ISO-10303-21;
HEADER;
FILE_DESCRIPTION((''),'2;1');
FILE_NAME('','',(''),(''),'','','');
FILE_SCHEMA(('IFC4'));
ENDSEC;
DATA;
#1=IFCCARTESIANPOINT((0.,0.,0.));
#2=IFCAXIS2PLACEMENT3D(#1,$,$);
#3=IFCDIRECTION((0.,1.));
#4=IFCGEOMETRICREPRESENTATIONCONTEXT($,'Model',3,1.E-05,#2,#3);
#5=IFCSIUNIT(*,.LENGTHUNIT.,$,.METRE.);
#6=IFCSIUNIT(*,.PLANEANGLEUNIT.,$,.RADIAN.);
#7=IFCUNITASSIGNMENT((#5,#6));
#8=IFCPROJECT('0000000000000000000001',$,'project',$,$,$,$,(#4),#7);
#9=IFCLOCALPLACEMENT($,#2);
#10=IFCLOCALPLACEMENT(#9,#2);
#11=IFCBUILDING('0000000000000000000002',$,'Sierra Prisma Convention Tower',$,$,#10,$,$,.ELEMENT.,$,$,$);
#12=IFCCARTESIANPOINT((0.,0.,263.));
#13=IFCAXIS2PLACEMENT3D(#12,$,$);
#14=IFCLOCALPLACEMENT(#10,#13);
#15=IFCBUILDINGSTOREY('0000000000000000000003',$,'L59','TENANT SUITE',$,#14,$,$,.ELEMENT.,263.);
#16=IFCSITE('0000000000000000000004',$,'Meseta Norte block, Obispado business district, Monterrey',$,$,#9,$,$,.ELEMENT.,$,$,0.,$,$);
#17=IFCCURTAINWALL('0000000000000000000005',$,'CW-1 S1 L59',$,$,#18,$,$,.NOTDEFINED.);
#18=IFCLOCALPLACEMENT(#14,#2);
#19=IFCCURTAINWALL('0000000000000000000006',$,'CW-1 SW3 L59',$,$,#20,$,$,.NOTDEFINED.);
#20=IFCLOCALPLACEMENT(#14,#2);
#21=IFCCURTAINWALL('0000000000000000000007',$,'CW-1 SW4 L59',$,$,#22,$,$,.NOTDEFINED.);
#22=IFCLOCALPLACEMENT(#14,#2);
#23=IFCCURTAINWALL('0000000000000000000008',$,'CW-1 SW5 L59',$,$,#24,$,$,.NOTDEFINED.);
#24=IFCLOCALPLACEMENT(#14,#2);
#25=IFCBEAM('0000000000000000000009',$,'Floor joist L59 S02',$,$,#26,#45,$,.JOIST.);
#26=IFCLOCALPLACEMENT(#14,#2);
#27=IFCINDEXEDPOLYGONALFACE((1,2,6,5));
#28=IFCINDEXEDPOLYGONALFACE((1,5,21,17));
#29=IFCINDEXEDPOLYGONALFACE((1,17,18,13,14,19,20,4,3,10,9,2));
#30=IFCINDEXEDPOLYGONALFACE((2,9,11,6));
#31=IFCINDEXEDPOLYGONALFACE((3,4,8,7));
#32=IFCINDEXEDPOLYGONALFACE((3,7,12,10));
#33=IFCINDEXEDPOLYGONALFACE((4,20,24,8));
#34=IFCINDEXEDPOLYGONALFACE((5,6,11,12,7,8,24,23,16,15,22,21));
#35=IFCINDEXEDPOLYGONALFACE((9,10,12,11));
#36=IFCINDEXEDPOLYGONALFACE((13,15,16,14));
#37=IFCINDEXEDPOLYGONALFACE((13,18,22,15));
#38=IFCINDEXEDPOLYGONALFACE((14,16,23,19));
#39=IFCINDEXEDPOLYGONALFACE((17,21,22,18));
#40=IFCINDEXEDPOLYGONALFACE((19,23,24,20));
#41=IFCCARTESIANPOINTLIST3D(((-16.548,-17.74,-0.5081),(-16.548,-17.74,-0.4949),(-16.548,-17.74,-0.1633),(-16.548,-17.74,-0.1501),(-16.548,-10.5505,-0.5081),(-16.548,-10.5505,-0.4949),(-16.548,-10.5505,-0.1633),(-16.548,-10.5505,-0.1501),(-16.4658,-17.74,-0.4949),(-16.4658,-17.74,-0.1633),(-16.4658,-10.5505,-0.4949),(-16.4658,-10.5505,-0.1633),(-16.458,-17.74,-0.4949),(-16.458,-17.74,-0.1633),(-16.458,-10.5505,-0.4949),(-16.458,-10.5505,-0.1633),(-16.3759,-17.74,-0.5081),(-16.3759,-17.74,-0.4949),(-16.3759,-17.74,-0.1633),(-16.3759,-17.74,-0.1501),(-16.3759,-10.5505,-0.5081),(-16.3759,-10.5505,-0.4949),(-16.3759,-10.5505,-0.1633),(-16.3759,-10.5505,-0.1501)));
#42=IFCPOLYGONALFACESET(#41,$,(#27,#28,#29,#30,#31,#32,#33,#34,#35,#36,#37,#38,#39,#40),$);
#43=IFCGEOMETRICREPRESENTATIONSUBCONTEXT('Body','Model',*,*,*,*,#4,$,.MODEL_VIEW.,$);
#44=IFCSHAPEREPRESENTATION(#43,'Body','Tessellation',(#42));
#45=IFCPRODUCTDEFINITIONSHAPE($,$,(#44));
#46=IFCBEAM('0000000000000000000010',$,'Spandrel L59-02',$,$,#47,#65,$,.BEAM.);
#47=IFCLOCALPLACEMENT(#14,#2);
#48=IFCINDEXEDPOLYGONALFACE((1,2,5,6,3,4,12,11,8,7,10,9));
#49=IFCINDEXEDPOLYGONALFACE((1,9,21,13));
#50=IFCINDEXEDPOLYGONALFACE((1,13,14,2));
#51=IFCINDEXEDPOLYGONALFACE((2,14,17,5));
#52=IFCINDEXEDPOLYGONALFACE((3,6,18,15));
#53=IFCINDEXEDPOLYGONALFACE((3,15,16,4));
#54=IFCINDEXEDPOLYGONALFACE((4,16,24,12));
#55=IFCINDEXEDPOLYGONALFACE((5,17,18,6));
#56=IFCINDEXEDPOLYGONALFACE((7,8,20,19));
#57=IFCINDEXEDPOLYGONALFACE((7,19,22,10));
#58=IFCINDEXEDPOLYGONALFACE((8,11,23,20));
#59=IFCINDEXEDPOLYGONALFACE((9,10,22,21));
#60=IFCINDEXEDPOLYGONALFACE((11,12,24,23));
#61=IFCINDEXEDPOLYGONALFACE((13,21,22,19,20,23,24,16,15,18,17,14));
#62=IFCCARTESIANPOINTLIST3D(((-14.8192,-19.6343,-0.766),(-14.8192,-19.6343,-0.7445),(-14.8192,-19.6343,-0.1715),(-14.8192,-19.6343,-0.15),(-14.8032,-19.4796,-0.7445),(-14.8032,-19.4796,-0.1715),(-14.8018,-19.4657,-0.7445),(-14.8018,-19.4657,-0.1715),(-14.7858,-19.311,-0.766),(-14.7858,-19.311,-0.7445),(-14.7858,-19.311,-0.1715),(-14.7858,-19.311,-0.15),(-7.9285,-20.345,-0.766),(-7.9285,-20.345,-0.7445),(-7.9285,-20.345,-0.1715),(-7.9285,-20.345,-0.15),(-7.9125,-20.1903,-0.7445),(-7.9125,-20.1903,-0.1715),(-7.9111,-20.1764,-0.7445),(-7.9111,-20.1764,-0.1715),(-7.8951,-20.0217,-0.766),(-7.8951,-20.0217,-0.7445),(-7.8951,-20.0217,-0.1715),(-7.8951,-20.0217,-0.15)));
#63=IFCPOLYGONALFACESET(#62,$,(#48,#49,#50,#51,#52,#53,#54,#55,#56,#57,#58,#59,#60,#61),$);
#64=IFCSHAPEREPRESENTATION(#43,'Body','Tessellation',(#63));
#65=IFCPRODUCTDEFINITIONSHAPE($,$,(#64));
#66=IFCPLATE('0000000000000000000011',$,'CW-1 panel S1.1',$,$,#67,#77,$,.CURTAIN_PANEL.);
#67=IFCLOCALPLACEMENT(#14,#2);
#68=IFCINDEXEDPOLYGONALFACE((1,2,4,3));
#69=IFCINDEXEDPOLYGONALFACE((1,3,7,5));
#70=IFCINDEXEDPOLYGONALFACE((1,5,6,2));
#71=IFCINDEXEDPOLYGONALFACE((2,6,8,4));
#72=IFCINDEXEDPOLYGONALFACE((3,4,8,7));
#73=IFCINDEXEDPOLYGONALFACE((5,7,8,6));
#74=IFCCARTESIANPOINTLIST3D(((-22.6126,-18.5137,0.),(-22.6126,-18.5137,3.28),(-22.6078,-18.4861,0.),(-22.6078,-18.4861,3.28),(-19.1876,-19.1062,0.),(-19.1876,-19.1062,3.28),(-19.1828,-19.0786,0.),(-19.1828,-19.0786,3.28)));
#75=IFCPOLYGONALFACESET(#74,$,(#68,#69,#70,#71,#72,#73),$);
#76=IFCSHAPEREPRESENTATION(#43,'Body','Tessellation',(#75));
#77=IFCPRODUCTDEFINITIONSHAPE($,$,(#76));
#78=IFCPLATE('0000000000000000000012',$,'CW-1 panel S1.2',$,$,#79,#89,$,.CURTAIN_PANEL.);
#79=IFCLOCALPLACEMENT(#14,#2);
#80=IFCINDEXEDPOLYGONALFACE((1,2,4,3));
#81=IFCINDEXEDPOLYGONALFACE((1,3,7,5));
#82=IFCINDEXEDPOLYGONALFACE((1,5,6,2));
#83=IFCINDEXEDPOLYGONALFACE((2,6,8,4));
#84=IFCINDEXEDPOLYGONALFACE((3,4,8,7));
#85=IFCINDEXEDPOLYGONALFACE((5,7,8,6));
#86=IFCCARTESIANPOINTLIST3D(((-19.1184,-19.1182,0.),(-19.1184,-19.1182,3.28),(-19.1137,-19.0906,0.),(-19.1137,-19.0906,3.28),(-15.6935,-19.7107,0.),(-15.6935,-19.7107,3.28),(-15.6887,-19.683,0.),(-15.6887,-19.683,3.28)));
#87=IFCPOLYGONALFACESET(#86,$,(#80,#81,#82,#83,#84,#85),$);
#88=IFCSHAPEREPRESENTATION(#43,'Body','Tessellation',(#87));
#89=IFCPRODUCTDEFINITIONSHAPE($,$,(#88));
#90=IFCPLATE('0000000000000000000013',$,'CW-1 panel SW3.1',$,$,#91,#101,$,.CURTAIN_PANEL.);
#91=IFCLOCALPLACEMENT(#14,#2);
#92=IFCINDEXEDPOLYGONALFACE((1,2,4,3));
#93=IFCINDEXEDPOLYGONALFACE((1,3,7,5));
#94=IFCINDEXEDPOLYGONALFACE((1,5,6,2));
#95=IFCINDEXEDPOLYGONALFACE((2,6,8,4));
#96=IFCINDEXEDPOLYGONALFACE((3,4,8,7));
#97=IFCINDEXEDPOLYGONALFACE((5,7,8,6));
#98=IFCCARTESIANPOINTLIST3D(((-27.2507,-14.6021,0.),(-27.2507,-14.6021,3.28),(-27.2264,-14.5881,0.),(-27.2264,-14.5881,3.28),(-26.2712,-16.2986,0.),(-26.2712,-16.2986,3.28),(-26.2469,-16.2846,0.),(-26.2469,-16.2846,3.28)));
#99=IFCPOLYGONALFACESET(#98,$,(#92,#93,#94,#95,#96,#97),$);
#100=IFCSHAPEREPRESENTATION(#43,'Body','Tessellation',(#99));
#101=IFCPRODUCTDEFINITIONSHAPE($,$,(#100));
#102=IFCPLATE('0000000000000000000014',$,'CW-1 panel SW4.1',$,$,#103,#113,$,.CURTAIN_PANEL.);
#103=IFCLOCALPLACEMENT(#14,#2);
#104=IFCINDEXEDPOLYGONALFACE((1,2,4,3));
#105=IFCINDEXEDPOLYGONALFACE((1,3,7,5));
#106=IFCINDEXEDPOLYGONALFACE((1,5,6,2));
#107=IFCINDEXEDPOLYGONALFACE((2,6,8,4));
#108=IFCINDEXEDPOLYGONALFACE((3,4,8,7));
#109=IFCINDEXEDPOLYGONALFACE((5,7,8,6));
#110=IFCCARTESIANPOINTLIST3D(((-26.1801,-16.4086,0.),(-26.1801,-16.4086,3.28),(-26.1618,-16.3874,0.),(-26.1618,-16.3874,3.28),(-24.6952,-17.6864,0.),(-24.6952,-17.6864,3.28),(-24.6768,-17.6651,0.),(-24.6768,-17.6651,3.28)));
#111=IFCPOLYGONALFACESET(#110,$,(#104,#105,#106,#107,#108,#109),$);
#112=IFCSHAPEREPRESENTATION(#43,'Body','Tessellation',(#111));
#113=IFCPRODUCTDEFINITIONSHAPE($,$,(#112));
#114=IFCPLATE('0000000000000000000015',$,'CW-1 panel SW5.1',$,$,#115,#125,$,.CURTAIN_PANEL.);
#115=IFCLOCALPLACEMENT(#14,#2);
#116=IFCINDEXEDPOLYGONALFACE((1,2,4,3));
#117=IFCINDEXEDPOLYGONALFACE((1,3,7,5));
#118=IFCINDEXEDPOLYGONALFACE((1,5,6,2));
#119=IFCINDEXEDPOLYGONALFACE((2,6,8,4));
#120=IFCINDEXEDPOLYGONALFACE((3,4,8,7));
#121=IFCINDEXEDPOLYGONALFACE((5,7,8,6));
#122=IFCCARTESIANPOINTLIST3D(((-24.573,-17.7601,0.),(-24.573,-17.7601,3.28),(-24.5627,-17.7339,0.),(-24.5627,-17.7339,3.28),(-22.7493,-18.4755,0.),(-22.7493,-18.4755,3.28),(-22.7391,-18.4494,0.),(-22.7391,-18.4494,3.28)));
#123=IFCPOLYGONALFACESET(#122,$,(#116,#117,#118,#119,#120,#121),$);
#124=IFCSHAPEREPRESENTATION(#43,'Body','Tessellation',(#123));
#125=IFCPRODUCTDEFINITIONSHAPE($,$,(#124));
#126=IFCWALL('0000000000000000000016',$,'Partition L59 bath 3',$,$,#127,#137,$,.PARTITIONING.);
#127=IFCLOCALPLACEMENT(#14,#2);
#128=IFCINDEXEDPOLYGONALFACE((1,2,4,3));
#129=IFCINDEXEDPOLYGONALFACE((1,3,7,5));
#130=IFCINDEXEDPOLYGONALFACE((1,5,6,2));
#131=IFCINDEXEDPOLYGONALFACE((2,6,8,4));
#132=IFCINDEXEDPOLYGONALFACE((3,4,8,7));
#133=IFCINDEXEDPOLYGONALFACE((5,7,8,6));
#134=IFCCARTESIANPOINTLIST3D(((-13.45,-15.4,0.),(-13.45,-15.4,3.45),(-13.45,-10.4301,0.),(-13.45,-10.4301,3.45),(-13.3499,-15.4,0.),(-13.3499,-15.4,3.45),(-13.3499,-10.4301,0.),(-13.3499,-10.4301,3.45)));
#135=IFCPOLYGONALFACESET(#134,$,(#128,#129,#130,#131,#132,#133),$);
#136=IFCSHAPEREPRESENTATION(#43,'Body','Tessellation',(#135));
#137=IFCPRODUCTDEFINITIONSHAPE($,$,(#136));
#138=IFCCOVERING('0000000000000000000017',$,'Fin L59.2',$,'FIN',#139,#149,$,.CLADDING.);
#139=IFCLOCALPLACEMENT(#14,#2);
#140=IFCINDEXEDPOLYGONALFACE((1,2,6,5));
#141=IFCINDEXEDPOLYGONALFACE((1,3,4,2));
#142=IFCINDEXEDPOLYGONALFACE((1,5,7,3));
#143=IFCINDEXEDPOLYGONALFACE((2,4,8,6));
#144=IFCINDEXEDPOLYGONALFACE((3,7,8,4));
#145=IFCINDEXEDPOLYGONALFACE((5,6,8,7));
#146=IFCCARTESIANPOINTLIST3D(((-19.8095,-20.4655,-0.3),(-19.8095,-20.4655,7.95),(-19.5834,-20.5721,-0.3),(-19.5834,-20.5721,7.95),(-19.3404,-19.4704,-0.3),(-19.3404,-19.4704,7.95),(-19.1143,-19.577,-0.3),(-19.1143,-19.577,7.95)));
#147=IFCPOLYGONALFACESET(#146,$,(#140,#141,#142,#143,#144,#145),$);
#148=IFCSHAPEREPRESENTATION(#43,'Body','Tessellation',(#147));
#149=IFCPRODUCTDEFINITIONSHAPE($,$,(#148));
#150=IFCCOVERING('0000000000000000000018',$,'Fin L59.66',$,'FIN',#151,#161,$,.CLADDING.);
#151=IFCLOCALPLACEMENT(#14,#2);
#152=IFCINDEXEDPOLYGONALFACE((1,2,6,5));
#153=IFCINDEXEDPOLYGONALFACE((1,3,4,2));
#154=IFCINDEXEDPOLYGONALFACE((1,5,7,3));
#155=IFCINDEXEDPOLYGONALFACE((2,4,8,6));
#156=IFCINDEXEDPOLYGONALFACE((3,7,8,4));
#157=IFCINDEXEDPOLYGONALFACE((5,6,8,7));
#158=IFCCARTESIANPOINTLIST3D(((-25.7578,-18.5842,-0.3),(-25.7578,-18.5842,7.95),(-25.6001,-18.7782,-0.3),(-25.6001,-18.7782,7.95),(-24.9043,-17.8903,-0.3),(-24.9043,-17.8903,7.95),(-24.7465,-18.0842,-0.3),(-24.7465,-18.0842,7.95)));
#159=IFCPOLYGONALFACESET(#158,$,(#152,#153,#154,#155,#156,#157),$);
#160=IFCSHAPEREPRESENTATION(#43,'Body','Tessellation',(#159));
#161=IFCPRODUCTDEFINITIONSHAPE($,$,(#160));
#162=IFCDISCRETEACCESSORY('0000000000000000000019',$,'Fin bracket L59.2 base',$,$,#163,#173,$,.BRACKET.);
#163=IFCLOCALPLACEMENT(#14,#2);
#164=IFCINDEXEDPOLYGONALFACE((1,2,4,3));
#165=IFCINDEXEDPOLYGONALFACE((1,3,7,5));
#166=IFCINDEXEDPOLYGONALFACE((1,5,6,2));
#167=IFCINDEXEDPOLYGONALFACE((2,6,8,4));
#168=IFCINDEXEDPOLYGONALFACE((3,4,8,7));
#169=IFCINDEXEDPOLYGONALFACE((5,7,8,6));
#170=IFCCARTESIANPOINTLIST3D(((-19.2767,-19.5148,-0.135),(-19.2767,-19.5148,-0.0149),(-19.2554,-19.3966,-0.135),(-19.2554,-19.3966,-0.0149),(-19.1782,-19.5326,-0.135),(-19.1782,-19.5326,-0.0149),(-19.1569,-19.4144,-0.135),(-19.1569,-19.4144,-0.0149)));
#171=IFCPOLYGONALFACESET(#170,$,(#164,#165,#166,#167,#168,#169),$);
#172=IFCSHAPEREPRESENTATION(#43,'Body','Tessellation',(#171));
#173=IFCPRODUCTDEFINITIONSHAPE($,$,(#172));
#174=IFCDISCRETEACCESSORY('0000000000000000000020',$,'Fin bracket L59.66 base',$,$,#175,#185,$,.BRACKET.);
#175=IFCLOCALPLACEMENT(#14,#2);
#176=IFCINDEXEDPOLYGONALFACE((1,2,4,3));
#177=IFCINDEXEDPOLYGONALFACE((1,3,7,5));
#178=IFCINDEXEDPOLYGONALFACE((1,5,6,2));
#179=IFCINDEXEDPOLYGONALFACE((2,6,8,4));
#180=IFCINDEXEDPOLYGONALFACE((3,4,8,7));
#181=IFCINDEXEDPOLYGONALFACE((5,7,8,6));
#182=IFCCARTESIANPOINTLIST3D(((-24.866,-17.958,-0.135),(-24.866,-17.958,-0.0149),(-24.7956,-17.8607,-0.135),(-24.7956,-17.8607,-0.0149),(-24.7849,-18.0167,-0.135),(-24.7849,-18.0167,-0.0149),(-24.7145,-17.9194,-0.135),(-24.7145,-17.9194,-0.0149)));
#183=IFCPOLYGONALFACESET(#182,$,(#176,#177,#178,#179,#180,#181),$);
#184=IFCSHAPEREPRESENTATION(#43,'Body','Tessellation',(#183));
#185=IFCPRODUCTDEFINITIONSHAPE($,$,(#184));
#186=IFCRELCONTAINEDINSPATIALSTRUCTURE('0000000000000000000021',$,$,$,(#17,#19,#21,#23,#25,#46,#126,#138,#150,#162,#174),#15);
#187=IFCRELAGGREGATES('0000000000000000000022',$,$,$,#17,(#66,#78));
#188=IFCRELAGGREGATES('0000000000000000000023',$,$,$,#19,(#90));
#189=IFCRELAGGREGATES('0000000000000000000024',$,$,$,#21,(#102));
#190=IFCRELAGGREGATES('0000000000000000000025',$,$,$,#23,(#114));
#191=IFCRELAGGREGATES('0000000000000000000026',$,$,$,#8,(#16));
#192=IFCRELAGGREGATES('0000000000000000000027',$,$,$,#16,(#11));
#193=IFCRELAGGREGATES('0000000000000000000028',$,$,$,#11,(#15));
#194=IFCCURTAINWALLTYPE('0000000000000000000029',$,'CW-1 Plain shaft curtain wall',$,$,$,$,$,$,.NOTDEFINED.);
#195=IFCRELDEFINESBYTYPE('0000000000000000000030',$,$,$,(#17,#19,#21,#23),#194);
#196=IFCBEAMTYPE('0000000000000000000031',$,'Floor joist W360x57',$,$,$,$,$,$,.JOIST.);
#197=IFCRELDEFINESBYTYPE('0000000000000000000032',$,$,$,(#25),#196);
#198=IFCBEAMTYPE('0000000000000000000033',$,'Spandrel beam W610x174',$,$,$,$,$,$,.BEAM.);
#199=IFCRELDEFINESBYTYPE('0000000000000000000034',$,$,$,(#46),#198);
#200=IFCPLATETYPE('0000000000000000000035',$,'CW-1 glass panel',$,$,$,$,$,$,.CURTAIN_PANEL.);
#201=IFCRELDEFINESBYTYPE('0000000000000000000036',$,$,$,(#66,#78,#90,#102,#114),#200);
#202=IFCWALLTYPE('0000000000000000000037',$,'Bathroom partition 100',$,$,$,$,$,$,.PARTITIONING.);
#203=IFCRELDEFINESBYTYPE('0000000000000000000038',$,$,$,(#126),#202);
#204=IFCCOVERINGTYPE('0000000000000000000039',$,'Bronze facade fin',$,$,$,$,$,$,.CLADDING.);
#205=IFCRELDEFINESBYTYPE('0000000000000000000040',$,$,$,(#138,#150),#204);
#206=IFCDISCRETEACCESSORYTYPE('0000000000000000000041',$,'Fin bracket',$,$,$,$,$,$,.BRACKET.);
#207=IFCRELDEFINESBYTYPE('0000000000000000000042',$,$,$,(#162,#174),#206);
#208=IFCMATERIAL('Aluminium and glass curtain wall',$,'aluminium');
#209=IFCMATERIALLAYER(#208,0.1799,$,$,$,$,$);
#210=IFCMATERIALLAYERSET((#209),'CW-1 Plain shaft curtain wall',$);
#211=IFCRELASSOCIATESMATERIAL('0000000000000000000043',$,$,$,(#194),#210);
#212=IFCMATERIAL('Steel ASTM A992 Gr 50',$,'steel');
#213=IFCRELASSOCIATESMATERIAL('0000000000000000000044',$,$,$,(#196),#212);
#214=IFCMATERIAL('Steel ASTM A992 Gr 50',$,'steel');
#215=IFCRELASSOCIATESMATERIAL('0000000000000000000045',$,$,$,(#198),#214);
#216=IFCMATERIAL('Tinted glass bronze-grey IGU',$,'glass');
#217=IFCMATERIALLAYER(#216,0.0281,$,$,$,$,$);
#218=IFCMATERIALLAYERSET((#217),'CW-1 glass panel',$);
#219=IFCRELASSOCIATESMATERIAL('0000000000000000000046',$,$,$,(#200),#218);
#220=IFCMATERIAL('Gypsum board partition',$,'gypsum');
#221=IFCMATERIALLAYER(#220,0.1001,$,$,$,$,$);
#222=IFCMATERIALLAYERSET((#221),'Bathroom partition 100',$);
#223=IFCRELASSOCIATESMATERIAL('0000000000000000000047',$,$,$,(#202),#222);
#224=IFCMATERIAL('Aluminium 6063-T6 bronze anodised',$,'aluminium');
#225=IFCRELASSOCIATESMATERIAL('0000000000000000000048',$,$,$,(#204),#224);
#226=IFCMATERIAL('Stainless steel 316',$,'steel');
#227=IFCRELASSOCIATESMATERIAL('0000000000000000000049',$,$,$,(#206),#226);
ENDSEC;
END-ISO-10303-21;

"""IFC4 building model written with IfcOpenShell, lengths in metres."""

from ifc_helpers import new_model, si_unit, direction, frame, frame_2d, origin, origin_2d, place, context, subcontext, project, spatial, rectangle, i_section, extrude, material, layer, layer_set, material_profile, profile_set, type_object, element, aggregate, save


model = new_model("IFC4")

# Units and contexts
model_context = context("Model", 3, precision=1e-05, world=origin(), true_north=direction((0.0, 1.0)))
body_context = subcontext(model_context, "Body", "Model", "MODEL_VIEW")
ifc_project = project(units=[si_unit("LENGTHUNIT", "METRE"), si_unit("PLANEANGLEUNIT", "RADIAN")], contexts=[model_context])

# Site, building, storey
site_placement = place(None, origin())
site = spatial("IfcSite", under=ifc_project, at=site_placement, Name="Meseta Norte block, Obispado business district, Monterrey", CompositionType="ELEMENT", RefElevation=0.0)
building_placement = place(site_placement, origin())
building = spatial("IfcBuilding", under=site, at=building_placement, Name="Sierra Prisma Convention Tower", CompositionType="ELEMENT")
storey_placement = place(building_placement, frame((0.0, 0.0, 263.0)))
storey = spatial("IfcBuildingStorey", under=building, at=storey_placement, Name="L59", Description="TENANT SUITE", CompositionType="ELEMENT", Elevation=263.0)

# Curtain wall
ifc_material_1 = material(Name="Aluminium and glass curtain wall", Category="aluminium")
ifc_layer_1 = layer(ifc_material_1, 0.1799)
ifc_layer_set_1 = layer_set([ifc_layer_1], Name="CW-1 Plain shaft curtain wall")
curtain_wall_type = type_object("IfcCurtainWallType", Name="CW-1 Plain shaft curtain wall", PredefinedType="NOTDEFINED", material=ifc_layer_set_1)
curtain_wall_1_placement = place(storey_placement, origin())
curtain_wall_1 = element("IfcCurtainWall", 1, at=curtain_wall_1_placement, inside=storey, type_object=curtain_wall_type, Name="CW-1 S1 L59", PredefinedType="NOTDEFINED")

# Curtain walls
curtain_wall_2_placement = place(storey_placement, origin())
curtain_wall_2 = element("IfcCurtainWall", 2, at=curtain_wall_2_placement, inside=storey, type_object=curtain_wall_type, Name="CW-1 SW3 L59", PredefinedType="NOTDEFINED")
curtain_wall_3_placement = place(storey_placement, origin())
curtain_wall_3 = element("IfcCurtainWall", 3, at=curtain_wall_3_placement, inside=storey, type_object=curtain_wall_type, Name="CW-1 SW4 L59", PredefinedType="NOTDEFINED")
curtain_wall_4_placement = place(storey_placement, origin())
curtain_wall_4 = element("IfcCurtainWall", 4, at=curtain_wall_4_placement, inside=storey, type_object=curtain_wall_type, Name="CW-1 SW5 L59", PredefinedType="NOTDEFINED")

# Beams
ifc_material_2 = material(Name="Steel ASTM A992 Gr 50", Category="steel")
ifc_material_profile_1 = material_profile(ifc_material_2, i_section(OverallWidth=0.1721, OverallDepth=0.3579, WebThickness=0.0078, FlangeThickness=0.0132, at=origin_2d()), Name="W360x57")
ifc_profile_set_1 = profile_set([ifc_material_profile_1], Name="Steel ASTM A992 Gr 50")
beam_type_1 = type_object("IfcBeamType", Name="Floor joist W360x57", PredefinedType="JOIST", material=ifc_profile_set_1)
beam_1_placement = place(storey_placement, frame((-16.4619, -17.74, -0.3291), z_axis=(0.0, 1.0, 0.0), x_axis=(-1.0, 0.0, 0.0)))
element("IfcBeam", 5, at=beam_1_placement, inside=storey, type_object=beam_type_1, Name="Floor joist L59 S02", PredefinedType="JOIST", context=body_context, shape_type="SweptSolid", body=[
    extrude(i_section(OverallWidth=0.1721, OverallDepth=0.3579, WebThickness=0.0078, FlangeThickness=0.0132, at=origin_2d()), origin(), (0.0, 0.0, 1.0), 7.1895),
])
ifc_material_3 = material(Name="Steel ASTM A992 Gr 50", Category="steel")
ifc_material_profile_2 = material_profile(ifc_material_3, i_section(OverallWidth=0.325, OverallDepth=0.616, WebThickness=0.0139, FlangeThickness=0.0215, at=origin_2d()), Name="W610x174")
ifc_profile_set_2 = profile_set([ifc_material_profile_2], Name="Steel ASTM A992 Gr 50")
beam_type_2 = type_object("IfcBeamType", Name="Spandrel beam W610x174", PredefinedType="BEAM", material=ifc_profile_set_2)
beam_2_placement = place(storey_placement, frame((-14.8025, -19.4727, -0.458), z_axis=(0.994723, -0.102595, 0.0), x_axis=(0.102595, 0.994723, 0.0)))
element("IfcBeam", 6, at=beam_2_placement, inside=storey, type_object=beam_type_2, Name="Spandrel L59-02", PredefinedType="BEAM", context=body_context, shape_type="SweptSolid", body=[
    extrude(i_section(OverallWidth=0.325, OverallDepth=0.616, WebThickness=0.0139, FlangeThickness=0.0215, at=origin_2d()), origin(), (0.0, 0.0, 1.0), 6.9272),
])

# Plates
ifc_material_4 = material(Name="Tinted glass bronze-grey IGU", Category="glass")
ifc_layer_2 = layer(ifc_material_4, 0.0281)
ifc_layer_set_2 = layer_set([ifc_layer_2], Name="CW-1 glass panel")
plate_type = type_object("IfcPlateType", Name="CW-1 glass panel", PredefinedType="CURTAIN_PANEL", material=ifc_layer_set_2)
plate_1_placement = place(storey_placement, frame((-20.8977, -18.7961, 0.0), z_axis=(0.0, 0.0, 1.0), x_axis=(0.985364, -0.170461, 0.0)))
plate_1 = element("IfcPlate", 7, at=plate_1_placement, type_object=plate_type, Name="CW-1 panel S1.1", PredefinedType="CURTAIN_PANEL", context=body_context, shape_type="SweptSolid", body=[
    extrude(rectangle(XDim=3.4758, YDim=0.0281, at=origin_2d()), origin(), (0.0, 0.0, 1.0), 3.28),
])
plate_2_placement = place(storey_placement, frame((-17.4036, -19.4006, 0.0), z_axis=(0.0, 0.0, 1.0), x_axis=(0.985364, -0.170461, 0.0)))
plate_2 = element("IfcPlate", 8, at=plate_2_placement, type_object=plate_type, Name="CW-1 panel S1.2", PredefinedType="CURTAIN_PANEL", context=body_context, shape_type="SweptSolid", body=[
    extrude(rectangle(XDim=3.4758, YDim=0.0281, at=origin_2d()), origin(), (0.0, 0.0, 1.0), 3.28),
])
aggregate(curtain_wall_1, [plate_1, plate_2])
plate_3_placement = place(storey_placement, frame((-26.7488, -15.4434, 0.0), z_axis=(0.0, 0.0, 1.0), x_axis=(0.5, -0.866025, 0.0)))
plate_3 = element("IfcPlate", 9, at=plate_3_placement, type_object=plate_type, Name="CW-1 panel SW3.1", PredefinedType="CURTAIN_PANEL", context=body_context, shape_type="SweptSolid", body=[
    extrude(rectangle(XDim=1.959, YDim=0.0281, at=origin_2d()), origin(), (0.0, 0.0, 1.0), 3.28),
])
aggregate(curtain_wall_2, [plate_3])
plate_4_placement = place(storey_placement, frame((-25.4285, -17.0369, 0.0), z_axis=(0.0, 0.0, 1.0), x_axis=(0.758009, -0.652244, 0.0)))
plate_4 = element("IfcPlate", 10, at=plate_4_placement, type_object=plate_type, Name="CW-1 panel SW4.1", PredefinedType="CURTAIN_PANEL", context=body_context, shape_type="SweptSolid", body=[
    extrude(rectangle(XDim=1.959, YDim=0.0281, at=origin_2d()), origin(), (0.0, 0.0, 1.0), 3.28),
])
aggregate(curtain_wall_3, [plate_4])
plate_5_placement = place(storey_placement, frame((-23.656, -18.1047, 0.0), z_axis=(0.0, 0.0, 1.0), x_axis=(0.930915, -0.365235, 0.0)))
plate_5 = element("IfcPlate", 11, at=plate_5_placement, type_object=plate_type, Name="CW-1 panel SW5.1", PredefinedType="CURTAIN_PANEL", context=body_context, shape_type="SweptSolid", body=[
    extrude(rectangle(XDim=1.959, YDim=0.0281, at=origin_2d()), origin(), (0.0, 0.0, 1.0), 3.28),
])
aggregate(curtain_wall_4, [plate_5])

# Wall
ifc_material_5 = material(Name="Gypsum board partition", Category="gypsum")
ifc_layer_3 = layer(ifc_material_5, 0.1001)
ifc_layer_set_3 = layer_set([ifc_layer_3], Name="Bathroom partition 100")
wall_type = type_object("IfcWallType", Name="Bathroom partition 100", PredefinedType="PARTITIONING", material=ifc_layer_set_3)
wall_placement = place(storey_placement, frame((-13.3999, -15.3999, 0.0), z_axis=(0.0, 0.0, 1.0), x_axis=(0.0, 1.0, 0.0)))
element("IfcWall", 12, at=wall_placement, inside=storey, type_object=wall_type, Name="Partition L59 bath 3", PredefinedType="PARTITIONING", context=body_context, shape_type="SweptSolid", body=[
    extrude(rectangle(XDim=4.97, YDim=0.1001, at=frame_2d((2.4849, 0.0))), origin(), (0.0, 0.0, 1.0), 3.45),
])

# Coverings
ifc_material_6 = material(Name="Aluminium 6063-T6 bronze anodised", Category="aluminium")
ifc_material_profile_3 = material_profile(ifc_material_6, rectangle(XDim=1.1001, YDim=0.25, at=origin_2d()), Name="ALU FIN 1100x250")
ifc_profile_set_3 = profile_set([ifc_material_profile_3], Name="Aluminium 6063-T6 bronze anodised")
covering_type = type_object("IfcCoveringType", Name="Bronze facade fin", PredefinedType="CLADDING", material=ifc_profile_set_3)
for number, where, z_axis, x_axis, name in (
    (13, (-19.4619, -20.0212, -0.3), (0.0, 0.0, 1.0), (-0.426432, -0.90452, 0.0), "Fin L59.2"),
    (14, (-25.2522, -18.3342, -0.3), (0.0, 0.0, 1.0), (-0.775923, -0.630828, 0.0), "Fin L59.66"),
):
    element("IfcCovering", number, at=place(storey_placement, frame(where, z_axis=z_axis, x_axis=x_axis)), inside=storey, type_object=covering_type, Name=name, ObjectType="FIN", PredefinedType="CLADDING", context=body_context, shape_type="SweptSolid", body=[
        extrude(rectangle(XDim=1.1001, YDim=0.25, at=origin_2d()), origin(), (0.0, 0.0, 1.0), 8.25),
    ])

# Discrete accessories
ifc_material_7 = material(Name="Stainless steel 316", Category="steel")
discrete_accessory_type = type_object("IfcDiscreteAccessoryType", Name="Fin bracket", PredefinedType="BRACKET", material=ifc_material_7)
for number, where, z_axis, x_axis, name in (
    (15, (-19.2168, -19.4646, -0.135), (0.0, 0.0, 1.0), (-0.177795, -0.984068, 0.0), "Fin bracket L59.2 base"),
    (16, (-24.7903, -17.9387, -0.135), (0.0, 0.0, 1.0), (-0.586214, -0.810157, 0.0), "Fin bracket L59.66 base"),
):
    element("IfcDiscreteAccessory", number, at=place(storey_placement, frame(where, z_axis=z_axis, x_axis=x_axis)), inside=storey, type_object=discrete_accessory_type, Name=name, PredefinedType="BRACKET", context=body_context, shape_type="SweptSolid", body=[
        extrude(rectangle(XDim=0.1201, YDim=0.1001, at=origin_2d()), origin(), (0.0, 0.0, 1.0), 0.1201),
    ])

save(model, "model.ifc")
